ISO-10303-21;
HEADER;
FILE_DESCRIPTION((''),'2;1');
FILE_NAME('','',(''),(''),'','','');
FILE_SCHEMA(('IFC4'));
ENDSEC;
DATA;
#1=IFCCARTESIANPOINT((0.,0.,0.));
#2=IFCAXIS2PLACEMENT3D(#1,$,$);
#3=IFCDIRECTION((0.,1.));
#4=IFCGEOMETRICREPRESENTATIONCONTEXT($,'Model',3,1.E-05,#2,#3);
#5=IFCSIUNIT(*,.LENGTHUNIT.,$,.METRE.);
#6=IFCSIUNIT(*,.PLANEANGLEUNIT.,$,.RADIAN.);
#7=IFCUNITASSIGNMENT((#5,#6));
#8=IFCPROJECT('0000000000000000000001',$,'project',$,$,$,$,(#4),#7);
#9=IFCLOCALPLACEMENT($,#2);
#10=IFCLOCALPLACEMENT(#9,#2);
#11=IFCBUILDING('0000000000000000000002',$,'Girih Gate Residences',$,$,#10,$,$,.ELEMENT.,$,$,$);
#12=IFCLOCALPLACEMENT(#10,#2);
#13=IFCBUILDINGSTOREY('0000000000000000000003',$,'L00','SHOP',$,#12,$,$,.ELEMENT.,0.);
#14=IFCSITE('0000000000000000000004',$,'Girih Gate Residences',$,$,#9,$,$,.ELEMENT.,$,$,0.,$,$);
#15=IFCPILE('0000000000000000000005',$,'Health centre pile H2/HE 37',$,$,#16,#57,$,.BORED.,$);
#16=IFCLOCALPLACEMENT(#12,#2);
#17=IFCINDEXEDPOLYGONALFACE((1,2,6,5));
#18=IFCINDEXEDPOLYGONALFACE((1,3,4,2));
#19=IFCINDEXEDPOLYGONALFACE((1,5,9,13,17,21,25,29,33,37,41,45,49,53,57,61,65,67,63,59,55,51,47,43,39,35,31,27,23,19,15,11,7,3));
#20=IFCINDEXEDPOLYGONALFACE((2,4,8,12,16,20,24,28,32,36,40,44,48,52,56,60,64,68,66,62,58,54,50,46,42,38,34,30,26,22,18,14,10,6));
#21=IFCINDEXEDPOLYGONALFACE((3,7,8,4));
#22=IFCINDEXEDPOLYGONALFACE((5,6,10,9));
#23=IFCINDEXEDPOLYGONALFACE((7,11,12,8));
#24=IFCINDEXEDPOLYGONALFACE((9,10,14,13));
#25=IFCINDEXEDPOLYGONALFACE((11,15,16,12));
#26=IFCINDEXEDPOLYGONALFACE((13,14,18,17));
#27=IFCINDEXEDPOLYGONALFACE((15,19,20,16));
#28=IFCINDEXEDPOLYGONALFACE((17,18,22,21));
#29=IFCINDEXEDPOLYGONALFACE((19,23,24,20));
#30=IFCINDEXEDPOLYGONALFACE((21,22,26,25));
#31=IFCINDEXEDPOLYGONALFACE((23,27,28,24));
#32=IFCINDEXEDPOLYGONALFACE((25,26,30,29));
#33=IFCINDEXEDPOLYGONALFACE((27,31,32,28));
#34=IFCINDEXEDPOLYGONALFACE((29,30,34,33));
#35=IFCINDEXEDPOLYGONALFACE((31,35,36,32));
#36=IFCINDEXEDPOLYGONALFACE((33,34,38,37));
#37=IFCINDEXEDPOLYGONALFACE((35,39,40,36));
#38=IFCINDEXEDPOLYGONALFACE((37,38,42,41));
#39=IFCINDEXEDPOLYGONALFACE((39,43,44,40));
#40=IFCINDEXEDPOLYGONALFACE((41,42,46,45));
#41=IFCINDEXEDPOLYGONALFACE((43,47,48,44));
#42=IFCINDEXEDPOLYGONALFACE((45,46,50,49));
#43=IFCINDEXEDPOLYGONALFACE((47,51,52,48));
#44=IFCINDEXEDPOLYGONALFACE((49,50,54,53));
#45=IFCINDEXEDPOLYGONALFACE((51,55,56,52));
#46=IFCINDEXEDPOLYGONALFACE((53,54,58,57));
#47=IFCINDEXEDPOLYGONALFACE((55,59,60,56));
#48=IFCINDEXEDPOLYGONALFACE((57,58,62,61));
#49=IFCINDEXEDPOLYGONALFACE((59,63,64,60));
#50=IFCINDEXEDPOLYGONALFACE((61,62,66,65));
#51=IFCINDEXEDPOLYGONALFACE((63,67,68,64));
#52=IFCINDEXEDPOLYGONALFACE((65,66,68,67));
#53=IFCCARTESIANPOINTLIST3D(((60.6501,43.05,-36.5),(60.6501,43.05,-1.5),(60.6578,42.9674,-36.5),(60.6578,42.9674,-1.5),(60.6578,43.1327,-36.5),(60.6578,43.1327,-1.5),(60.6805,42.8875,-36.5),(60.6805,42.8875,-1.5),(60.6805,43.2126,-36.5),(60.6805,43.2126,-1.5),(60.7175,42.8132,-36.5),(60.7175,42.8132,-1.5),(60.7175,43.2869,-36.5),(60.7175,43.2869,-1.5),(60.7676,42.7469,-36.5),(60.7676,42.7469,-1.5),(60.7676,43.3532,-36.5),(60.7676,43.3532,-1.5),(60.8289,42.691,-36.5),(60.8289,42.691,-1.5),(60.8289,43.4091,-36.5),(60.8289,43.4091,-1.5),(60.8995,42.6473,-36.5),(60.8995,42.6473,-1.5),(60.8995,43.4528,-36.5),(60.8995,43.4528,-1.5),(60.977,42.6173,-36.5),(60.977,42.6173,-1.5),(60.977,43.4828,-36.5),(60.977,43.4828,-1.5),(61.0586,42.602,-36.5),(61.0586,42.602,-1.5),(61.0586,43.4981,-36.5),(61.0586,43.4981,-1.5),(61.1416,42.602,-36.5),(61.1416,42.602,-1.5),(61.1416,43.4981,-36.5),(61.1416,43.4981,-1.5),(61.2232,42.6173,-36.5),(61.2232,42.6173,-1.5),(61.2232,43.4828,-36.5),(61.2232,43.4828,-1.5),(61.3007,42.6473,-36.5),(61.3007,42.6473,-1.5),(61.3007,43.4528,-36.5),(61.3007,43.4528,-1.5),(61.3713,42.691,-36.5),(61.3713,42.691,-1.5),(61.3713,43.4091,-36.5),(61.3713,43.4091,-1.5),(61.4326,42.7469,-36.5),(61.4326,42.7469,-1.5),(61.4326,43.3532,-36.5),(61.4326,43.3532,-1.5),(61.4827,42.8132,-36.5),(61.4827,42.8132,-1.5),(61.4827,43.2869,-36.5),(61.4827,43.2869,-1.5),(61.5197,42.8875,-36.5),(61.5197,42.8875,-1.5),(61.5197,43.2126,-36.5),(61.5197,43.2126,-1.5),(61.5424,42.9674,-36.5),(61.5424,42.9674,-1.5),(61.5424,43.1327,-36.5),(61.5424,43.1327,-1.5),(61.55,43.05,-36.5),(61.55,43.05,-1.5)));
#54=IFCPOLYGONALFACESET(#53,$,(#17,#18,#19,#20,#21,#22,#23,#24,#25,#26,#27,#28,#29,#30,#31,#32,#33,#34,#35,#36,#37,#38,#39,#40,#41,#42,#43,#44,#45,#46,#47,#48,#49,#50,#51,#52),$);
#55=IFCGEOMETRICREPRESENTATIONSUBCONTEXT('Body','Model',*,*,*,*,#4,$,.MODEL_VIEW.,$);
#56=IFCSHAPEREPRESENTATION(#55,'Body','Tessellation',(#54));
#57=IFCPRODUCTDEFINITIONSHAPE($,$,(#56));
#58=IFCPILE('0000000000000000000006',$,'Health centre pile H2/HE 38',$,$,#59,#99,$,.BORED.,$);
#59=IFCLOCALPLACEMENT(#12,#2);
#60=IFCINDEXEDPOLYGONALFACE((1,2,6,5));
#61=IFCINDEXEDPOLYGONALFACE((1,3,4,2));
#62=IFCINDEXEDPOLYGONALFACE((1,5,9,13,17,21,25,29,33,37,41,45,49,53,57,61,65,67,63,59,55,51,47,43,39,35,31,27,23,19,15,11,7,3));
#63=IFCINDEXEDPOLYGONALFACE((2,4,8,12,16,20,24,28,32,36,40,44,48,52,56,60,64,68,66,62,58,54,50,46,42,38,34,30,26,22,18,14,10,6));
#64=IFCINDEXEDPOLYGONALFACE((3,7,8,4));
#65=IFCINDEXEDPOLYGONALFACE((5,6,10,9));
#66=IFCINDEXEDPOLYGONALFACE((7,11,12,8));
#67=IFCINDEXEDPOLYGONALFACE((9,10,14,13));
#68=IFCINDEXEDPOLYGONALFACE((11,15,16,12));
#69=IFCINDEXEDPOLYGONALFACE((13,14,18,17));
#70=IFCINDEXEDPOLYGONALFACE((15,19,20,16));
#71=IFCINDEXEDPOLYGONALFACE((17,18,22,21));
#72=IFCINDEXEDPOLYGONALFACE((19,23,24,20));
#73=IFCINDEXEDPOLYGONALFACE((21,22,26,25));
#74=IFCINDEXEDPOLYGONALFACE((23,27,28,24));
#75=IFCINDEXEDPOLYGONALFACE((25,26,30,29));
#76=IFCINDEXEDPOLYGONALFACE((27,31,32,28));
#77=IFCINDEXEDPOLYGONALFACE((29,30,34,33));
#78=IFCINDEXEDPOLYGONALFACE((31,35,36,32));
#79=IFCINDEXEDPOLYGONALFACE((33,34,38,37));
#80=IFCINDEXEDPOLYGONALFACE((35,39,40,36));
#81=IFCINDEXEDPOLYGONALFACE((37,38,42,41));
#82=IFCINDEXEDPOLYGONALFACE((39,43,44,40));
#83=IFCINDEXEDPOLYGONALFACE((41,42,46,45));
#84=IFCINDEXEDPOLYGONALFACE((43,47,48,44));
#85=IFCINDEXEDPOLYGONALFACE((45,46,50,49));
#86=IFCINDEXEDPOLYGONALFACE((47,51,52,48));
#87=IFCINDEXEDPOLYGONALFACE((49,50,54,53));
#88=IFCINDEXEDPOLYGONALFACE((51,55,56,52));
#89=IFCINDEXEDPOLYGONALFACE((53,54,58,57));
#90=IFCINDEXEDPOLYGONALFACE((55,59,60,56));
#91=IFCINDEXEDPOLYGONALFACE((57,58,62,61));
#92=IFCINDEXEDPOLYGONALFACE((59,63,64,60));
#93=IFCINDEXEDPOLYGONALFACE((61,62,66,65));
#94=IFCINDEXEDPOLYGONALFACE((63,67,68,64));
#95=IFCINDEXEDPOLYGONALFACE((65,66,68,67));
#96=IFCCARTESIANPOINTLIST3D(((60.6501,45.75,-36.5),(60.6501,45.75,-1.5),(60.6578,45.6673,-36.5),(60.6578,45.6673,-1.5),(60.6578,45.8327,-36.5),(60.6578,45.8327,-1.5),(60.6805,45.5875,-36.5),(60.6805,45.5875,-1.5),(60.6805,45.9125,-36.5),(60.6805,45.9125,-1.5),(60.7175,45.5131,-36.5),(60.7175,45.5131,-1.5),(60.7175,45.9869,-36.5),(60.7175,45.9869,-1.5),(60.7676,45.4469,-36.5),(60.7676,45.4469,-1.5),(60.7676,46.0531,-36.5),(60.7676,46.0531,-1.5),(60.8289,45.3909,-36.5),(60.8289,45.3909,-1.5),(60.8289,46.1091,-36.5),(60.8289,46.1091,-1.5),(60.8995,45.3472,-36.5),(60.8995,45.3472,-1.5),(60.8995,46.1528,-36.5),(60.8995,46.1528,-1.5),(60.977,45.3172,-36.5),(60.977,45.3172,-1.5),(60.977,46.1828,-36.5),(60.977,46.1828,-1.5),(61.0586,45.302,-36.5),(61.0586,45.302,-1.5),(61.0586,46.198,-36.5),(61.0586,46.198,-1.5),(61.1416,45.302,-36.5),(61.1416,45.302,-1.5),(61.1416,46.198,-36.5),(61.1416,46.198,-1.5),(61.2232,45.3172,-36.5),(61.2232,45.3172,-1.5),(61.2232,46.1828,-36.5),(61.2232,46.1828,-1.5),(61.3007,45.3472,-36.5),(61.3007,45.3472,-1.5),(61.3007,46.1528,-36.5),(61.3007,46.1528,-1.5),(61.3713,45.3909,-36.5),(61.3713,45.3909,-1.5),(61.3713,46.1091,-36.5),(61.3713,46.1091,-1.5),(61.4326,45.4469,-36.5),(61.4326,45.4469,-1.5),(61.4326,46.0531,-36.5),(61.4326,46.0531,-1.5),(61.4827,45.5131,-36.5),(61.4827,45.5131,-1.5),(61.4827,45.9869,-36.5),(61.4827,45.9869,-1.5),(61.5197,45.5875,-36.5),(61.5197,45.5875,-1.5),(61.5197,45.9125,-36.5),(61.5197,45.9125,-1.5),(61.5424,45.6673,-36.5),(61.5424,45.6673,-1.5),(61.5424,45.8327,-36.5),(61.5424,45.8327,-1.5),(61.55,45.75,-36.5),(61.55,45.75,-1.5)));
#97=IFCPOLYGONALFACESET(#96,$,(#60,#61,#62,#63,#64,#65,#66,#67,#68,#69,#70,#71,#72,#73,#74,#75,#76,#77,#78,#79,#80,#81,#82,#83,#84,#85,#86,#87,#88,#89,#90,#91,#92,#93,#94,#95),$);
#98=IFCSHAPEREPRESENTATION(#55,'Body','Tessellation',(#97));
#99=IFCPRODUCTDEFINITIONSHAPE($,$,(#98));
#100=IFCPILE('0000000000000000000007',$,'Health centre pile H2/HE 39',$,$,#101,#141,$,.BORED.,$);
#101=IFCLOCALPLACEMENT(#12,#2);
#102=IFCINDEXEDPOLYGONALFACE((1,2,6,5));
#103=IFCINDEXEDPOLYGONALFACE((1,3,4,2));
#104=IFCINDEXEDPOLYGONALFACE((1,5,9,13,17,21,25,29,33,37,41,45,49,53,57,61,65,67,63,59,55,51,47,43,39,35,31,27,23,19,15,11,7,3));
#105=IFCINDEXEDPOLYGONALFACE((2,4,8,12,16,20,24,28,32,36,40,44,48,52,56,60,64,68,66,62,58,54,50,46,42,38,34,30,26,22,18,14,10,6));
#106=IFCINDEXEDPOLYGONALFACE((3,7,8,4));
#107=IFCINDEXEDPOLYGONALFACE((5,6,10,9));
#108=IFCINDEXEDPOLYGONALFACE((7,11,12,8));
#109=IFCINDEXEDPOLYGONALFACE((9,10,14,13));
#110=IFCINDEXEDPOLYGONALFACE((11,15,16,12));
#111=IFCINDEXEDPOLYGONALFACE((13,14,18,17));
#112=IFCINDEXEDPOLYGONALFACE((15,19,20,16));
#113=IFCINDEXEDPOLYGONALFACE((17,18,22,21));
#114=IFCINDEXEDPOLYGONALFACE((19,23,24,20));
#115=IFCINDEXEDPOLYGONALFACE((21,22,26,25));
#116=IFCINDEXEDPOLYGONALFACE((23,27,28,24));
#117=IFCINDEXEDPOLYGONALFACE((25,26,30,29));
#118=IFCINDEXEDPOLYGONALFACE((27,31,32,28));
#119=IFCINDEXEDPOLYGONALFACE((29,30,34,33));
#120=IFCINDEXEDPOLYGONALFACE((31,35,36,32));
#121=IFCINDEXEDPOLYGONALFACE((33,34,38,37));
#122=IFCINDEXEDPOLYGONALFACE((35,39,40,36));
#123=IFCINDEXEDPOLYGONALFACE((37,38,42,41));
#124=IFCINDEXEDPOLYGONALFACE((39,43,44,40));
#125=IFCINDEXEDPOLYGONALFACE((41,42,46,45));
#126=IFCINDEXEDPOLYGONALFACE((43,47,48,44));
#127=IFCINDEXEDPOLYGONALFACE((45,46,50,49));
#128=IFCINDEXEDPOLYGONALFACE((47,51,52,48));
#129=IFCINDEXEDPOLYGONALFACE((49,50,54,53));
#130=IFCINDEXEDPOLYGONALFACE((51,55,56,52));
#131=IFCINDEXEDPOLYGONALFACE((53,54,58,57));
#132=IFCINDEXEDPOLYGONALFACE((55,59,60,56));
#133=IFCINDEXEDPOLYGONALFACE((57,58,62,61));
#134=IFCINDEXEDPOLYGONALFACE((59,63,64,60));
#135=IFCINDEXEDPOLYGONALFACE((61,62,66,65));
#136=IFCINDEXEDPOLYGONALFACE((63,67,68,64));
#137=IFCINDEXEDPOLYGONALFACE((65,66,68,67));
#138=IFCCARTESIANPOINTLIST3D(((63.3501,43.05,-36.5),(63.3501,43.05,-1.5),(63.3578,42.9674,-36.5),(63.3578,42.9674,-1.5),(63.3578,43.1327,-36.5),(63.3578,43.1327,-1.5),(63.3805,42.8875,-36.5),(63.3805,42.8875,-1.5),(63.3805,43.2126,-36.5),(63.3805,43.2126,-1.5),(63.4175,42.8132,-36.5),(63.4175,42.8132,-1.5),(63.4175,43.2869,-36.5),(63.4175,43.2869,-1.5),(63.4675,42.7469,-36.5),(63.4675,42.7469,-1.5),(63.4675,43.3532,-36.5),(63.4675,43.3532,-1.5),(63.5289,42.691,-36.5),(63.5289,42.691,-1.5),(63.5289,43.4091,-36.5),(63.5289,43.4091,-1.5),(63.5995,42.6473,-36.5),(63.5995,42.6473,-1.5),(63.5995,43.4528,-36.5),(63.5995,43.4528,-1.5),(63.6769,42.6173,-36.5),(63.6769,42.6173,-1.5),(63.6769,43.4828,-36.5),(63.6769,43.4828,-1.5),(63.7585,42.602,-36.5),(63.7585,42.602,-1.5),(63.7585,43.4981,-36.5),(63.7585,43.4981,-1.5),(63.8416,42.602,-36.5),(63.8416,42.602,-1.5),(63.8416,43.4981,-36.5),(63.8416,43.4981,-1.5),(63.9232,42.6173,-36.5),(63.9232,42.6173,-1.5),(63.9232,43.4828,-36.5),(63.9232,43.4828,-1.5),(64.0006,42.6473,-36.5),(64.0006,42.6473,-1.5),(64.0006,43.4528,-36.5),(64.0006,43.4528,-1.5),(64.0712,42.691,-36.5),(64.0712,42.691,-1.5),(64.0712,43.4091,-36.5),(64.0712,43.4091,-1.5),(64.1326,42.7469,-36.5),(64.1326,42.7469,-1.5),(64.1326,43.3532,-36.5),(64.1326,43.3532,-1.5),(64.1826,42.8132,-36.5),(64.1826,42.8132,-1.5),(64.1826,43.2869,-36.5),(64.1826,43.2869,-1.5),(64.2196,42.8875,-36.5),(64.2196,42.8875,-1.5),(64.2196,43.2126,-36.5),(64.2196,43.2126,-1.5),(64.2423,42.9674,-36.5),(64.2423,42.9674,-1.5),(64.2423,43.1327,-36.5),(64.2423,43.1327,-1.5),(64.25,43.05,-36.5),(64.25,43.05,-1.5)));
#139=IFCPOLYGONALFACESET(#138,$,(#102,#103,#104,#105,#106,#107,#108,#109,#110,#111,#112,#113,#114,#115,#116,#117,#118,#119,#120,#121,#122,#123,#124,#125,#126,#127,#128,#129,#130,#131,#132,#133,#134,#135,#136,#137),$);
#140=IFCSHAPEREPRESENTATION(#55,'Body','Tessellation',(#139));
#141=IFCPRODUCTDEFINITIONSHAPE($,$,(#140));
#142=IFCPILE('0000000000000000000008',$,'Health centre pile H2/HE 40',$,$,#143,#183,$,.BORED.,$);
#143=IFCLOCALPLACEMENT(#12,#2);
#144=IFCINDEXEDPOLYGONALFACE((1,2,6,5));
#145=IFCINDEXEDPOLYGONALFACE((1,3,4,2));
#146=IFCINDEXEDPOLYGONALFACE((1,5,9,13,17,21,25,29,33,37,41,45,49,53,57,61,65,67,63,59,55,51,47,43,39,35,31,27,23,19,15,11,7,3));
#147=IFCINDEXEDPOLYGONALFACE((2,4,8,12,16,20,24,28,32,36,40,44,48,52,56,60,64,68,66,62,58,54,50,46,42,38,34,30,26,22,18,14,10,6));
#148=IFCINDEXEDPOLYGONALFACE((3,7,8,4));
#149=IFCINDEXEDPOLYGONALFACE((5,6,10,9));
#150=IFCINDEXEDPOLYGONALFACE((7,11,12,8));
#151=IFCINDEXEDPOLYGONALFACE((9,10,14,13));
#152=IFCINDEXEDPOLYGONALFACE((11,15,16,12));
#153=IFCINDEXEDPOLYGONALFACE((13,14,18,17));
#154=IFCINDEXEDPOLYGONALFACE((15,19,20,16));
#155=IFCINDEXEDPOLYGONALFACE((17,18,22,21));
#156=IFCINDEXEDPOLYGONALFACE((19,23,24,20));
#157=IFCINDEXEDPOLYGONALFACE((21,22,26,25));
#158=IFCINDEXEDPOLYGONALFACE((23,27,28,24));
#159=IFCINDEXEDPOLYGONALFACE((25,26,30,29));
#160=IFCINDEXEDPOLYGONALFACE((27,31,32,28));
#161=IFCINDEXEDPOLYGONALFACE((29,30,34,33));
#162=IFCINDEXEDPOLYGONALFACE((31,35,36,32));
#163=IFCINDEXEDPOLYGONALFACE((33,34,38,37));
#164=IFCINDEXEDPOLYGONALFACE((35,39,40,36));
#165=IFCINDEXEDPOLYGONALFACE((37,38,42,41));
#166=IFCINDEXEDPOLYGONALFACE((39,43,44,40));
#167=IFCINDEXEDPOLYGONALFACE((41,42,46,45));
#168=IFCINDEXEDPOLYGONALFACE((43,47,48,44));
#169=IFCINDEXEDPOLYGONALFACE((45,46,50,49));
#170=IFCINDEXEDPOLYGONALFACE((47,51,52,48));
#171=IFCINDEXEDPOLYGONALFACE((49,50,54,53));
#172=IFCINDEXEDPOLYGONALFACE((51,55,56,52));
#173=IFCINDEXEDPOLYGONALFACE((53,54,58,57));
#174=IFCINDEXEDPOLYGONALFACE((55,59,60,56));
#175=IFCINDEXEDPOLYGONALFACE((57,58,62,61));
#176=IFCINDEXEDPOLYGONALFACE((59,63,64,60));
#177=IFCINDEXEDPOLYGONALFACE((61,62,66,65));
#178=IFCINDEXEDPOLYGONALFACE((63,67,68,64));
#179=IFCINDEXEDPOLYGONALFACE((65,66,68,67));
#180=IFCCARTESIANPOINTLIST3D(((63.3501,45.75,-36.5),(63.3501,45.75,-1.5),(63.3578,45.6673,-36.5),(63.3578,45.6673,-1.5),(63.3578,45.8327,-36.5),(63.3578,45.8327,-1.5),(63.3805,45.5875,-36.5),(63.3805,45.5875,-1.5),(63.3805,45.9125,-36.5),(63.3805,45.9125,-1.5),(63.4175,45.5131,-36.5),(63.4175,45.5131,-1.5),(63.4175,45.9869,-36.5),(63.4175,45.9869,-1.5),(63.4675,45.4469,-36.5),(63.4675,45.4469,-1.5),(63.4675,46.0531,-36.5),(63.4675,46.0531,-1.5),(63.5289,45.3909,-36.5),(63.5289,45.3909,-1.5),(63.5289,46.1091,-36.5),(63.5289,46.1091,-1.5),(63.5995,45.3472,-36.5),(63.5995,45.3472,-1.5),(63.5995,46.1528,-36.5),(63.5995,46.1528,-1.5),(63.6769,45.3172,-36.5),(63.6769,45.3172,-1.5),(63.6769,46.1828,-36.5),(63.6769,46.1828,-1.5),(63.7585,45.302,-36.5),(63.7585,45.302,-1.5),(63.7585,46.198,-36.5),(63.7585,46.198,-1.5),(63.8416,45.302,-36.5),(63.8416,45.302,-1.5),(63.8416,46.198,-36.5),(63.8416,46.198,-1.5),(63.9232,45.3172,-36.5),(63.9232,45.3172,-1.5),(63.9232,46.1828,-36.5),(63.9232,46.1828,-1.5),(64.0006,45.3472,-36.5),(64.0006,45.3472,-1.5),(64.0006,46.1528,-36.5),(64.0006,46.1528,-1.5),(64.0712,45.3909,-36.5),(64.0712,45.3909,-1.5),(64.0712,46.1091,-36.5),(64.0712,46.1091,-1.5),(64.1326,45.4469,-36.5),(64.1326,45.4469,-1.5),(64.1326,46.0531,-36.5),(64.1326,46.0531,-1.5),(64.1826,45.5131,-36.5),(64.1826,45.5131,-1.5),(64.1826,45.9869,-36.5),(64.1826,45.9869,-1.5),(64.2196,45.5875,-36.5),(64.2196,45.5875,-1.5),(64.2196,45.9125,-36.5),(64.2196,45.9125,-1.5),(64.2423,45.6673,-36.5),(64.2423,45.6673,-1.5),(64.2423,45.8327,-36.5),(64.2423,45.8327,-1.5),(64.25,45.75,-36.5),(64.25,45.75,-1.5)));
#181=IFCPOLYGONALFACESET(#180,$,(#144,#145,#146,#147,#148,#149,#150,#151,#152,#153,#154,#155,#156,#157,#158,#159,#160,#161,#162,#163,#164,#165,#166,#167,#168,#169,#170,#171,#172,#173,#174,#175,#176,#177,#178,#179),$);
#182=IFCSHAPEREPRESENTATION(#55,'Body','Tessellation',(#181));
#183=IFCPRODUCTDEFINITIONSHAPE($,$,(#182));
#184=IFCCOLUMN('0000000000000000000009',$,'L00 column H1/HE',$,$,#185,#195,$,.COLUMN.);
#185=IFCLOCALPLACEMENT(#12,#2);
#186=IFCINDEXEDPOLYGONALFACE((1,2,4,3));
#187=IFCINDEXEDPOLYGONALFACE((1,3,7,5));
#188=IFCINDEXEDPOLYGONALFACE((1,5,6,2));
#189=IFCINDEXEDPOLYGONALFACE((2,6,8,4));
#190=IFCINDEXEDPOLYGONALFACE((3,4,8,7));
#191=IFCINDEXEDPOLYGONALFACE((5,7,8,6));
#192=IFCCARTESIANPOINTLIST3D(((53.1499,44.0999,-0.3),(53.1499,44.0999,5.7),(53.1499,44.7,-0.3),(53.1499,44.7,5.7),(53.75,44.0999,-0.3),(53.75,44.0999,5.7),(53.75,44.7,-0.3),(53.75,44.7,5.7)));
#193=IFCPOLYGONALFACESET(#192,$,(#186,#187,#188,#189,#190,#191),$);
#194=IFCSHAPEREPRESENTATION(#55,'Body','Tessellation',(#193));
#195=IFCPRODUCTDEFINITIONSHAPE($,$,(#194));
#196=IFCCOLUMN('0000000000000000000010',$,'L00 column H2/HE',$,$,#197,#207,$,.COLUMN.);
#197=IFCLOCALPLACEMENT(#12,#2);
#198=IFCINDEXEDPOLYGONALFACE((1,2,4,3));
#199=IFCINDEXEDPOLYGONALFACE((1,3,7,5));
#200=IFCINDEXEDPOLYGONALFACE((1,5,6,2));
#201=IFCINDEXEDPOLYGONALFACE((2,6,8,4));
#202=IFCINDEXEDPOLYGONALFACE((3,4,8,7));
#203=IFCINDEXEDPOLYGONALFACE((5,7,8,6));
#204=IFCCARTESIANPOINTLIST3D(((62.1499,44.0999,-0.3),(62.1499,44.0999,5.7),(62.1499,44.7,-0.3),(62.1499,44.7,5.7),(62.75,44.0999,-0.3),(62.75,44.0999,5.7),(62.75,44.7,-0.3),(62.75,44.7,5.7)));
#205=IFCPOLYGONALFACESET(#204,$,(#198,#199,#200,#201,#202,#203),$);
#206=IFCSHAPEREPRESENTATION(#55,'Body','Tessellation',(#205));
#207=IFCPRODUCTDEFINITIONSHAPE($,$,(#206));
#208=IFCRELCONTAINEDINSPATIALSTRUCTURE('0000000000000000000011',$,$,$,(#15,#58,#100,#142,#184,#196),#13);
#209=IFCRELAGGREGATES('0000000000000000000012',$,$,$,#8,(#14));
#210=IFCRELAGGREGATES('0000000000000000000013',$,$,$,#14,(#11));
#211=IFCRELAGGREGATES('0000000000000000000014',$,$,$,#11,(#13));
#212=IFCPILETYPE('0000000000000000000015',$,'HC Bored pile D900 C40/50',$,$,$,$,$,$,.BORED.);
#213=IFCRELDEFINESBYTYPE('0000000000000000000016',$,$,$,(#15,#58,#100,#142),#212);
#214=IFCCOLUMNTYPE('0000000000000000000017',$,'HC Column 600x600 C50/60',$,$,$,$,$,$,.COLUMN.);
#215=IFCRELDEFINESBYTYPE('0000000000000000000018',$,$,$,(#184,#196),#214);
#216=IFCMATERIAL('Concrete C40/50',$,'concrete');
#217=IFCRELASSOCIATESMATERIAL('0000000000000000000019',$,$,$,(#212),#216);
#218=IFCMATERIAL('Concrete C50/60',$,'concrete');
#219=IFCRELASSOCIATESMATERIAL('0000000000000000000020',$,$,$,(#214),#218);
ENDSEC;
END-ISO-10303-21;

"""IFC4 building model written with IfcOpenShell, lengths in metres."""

from ifc_helpers import new_model, si_unit, direction, frame, origin, origin_2d, place, context, subcontext, project, spatial, rectangle, circle, extrude, material, material_profile, profile_set, type_object, element, save


model = new_model("IFC4")

# Units and contexts
model_context = context("Model", 3, precision=1e-05, world=origin(), true_north=direction((0.0, 1.0)))
body_context = subcontext(model_context, "Body", "Model", "MODEL_VIEW")
ifc_project = project(units=[si_unit("LENGTHUNIT", "METRE"), si_unit("PLANEANGLEUNIT", "RADIAN")], contexts=[model_context])

# Site, building, storey
site_placement = place(None, origin())
site = spatial("IfcSite", under=ifc_project, at=site_placement, Name="Girih Gate Residences", CompositionType="ELEMENT", RefElevation=0.0)
building_placement = place(site_placement, origin())
building = spatial("IfcBuilding", under=site, at=building_placement, Name="Girih Gate Residences", CompositionType="ELEMENT")
storey_placement = place(building_placement, origin())
storey = spatial("IfcBuildingStorey", under=building, at=storey_placement, Name="L00", Description="SHOP", CompositionType="ELEMENT", Elevation=0.0)

# Piles
ifc_material_1 = material(Name="Concrete C40/50", Category="concrete")
ifc_material_profile_1 = material_profile(ifc_material_1, circle(Radius=0.45, at=origin_2d()))
ifc_profile_set_1 = profile_set([ifc_material_profile_1], Name="Concrete C40/50")
pile_type = type_object("IfcPileType", Name="HC Bored pile D900 C40/50", PredefinedType="BORED", material=ifc_profile_set_1)
for number, where, z_axis, x_axis, name in (
    (1, (61.1001, 43.05, -1.5), (0.0, 0.0, -1.0), (1.0, 0.0, 0.0), "Health centre pile H2/HE 37"),
    (2, (61.1001, 45.75, -1.5), (0.0, 0.0, -1.0), (1.0, 0.0, 0.0), "Health centre pile H2/HE 38"),
    (3, (63.8, 43.05, -1.5), (0.0, 0.0, -1.0), (1.0, 0.0, 0.0), "Health centre pile H2/HE 39"),
    (4, (63.8, 45.75, -1.5), (0.0, 0.0, -1.0), (1.0, 0.0, 0.0), "Health centre pile H2/HE 40"),
):
    element("IfcPile", number, at=place(storey_placement, frame(where, z_axis=z_axis, x_axis=x_axis)), inside=storey, type_object=pile_type, Name=name, PredefinedType="BORED", context=body_context, shape_type="SweptSolid", body=[
        extrude(circle(Radius=0.45, at=origin_2d()), origin(), (0.0, 0.0, 1.0), 35.0),
    ])

# Columns
ifc_material_2 = material(Name="Concrete C50/60", Category="concrete")
ifc_material_profile_2 = material_profile(ifc_material_2, rectangle(XDim=0.6001, YDim=0.6001, at=origin_2d()))
ifc_profile_set_2 = profile_set([ifc_material_profile_2], Name="Concrete C50/60")
column_type = type_object("IfcColumnType", Name="HC Column 600x600 C50/60", PredefinedType="COLUMN", material=ifc_profile_set_2)
for number, where, z_axis, x_axis, name in (
    (5, (53.45, 44.3999, -0.3), (0.0, 0.0, 1.0), (1.0, 0.0, 0.0), "L00 column H1/HE"),
    (6, (62.45, 44.3999, -0.3), (0.0, 0.0, 1.0), (1.0, 0.0, 0.0), "L00 column H2/HE"),
):
    element("IfcColumn", number, at=place(storey_placement, frame(where, z_axis=z_axis, x_axis=x_axis)), inside=storey, type_object=column_type, Name=name, PredefinedType="COLUMN", context=body_context, shape_type="SweptSolid", body=[
        extrude(rectangle(XDim=0.6001, YDim=0.6001, at=origin_2d()), origin(), (0.0, 0.0, 1.0), 6.0),
    ])

save(model, "model.ifc")
